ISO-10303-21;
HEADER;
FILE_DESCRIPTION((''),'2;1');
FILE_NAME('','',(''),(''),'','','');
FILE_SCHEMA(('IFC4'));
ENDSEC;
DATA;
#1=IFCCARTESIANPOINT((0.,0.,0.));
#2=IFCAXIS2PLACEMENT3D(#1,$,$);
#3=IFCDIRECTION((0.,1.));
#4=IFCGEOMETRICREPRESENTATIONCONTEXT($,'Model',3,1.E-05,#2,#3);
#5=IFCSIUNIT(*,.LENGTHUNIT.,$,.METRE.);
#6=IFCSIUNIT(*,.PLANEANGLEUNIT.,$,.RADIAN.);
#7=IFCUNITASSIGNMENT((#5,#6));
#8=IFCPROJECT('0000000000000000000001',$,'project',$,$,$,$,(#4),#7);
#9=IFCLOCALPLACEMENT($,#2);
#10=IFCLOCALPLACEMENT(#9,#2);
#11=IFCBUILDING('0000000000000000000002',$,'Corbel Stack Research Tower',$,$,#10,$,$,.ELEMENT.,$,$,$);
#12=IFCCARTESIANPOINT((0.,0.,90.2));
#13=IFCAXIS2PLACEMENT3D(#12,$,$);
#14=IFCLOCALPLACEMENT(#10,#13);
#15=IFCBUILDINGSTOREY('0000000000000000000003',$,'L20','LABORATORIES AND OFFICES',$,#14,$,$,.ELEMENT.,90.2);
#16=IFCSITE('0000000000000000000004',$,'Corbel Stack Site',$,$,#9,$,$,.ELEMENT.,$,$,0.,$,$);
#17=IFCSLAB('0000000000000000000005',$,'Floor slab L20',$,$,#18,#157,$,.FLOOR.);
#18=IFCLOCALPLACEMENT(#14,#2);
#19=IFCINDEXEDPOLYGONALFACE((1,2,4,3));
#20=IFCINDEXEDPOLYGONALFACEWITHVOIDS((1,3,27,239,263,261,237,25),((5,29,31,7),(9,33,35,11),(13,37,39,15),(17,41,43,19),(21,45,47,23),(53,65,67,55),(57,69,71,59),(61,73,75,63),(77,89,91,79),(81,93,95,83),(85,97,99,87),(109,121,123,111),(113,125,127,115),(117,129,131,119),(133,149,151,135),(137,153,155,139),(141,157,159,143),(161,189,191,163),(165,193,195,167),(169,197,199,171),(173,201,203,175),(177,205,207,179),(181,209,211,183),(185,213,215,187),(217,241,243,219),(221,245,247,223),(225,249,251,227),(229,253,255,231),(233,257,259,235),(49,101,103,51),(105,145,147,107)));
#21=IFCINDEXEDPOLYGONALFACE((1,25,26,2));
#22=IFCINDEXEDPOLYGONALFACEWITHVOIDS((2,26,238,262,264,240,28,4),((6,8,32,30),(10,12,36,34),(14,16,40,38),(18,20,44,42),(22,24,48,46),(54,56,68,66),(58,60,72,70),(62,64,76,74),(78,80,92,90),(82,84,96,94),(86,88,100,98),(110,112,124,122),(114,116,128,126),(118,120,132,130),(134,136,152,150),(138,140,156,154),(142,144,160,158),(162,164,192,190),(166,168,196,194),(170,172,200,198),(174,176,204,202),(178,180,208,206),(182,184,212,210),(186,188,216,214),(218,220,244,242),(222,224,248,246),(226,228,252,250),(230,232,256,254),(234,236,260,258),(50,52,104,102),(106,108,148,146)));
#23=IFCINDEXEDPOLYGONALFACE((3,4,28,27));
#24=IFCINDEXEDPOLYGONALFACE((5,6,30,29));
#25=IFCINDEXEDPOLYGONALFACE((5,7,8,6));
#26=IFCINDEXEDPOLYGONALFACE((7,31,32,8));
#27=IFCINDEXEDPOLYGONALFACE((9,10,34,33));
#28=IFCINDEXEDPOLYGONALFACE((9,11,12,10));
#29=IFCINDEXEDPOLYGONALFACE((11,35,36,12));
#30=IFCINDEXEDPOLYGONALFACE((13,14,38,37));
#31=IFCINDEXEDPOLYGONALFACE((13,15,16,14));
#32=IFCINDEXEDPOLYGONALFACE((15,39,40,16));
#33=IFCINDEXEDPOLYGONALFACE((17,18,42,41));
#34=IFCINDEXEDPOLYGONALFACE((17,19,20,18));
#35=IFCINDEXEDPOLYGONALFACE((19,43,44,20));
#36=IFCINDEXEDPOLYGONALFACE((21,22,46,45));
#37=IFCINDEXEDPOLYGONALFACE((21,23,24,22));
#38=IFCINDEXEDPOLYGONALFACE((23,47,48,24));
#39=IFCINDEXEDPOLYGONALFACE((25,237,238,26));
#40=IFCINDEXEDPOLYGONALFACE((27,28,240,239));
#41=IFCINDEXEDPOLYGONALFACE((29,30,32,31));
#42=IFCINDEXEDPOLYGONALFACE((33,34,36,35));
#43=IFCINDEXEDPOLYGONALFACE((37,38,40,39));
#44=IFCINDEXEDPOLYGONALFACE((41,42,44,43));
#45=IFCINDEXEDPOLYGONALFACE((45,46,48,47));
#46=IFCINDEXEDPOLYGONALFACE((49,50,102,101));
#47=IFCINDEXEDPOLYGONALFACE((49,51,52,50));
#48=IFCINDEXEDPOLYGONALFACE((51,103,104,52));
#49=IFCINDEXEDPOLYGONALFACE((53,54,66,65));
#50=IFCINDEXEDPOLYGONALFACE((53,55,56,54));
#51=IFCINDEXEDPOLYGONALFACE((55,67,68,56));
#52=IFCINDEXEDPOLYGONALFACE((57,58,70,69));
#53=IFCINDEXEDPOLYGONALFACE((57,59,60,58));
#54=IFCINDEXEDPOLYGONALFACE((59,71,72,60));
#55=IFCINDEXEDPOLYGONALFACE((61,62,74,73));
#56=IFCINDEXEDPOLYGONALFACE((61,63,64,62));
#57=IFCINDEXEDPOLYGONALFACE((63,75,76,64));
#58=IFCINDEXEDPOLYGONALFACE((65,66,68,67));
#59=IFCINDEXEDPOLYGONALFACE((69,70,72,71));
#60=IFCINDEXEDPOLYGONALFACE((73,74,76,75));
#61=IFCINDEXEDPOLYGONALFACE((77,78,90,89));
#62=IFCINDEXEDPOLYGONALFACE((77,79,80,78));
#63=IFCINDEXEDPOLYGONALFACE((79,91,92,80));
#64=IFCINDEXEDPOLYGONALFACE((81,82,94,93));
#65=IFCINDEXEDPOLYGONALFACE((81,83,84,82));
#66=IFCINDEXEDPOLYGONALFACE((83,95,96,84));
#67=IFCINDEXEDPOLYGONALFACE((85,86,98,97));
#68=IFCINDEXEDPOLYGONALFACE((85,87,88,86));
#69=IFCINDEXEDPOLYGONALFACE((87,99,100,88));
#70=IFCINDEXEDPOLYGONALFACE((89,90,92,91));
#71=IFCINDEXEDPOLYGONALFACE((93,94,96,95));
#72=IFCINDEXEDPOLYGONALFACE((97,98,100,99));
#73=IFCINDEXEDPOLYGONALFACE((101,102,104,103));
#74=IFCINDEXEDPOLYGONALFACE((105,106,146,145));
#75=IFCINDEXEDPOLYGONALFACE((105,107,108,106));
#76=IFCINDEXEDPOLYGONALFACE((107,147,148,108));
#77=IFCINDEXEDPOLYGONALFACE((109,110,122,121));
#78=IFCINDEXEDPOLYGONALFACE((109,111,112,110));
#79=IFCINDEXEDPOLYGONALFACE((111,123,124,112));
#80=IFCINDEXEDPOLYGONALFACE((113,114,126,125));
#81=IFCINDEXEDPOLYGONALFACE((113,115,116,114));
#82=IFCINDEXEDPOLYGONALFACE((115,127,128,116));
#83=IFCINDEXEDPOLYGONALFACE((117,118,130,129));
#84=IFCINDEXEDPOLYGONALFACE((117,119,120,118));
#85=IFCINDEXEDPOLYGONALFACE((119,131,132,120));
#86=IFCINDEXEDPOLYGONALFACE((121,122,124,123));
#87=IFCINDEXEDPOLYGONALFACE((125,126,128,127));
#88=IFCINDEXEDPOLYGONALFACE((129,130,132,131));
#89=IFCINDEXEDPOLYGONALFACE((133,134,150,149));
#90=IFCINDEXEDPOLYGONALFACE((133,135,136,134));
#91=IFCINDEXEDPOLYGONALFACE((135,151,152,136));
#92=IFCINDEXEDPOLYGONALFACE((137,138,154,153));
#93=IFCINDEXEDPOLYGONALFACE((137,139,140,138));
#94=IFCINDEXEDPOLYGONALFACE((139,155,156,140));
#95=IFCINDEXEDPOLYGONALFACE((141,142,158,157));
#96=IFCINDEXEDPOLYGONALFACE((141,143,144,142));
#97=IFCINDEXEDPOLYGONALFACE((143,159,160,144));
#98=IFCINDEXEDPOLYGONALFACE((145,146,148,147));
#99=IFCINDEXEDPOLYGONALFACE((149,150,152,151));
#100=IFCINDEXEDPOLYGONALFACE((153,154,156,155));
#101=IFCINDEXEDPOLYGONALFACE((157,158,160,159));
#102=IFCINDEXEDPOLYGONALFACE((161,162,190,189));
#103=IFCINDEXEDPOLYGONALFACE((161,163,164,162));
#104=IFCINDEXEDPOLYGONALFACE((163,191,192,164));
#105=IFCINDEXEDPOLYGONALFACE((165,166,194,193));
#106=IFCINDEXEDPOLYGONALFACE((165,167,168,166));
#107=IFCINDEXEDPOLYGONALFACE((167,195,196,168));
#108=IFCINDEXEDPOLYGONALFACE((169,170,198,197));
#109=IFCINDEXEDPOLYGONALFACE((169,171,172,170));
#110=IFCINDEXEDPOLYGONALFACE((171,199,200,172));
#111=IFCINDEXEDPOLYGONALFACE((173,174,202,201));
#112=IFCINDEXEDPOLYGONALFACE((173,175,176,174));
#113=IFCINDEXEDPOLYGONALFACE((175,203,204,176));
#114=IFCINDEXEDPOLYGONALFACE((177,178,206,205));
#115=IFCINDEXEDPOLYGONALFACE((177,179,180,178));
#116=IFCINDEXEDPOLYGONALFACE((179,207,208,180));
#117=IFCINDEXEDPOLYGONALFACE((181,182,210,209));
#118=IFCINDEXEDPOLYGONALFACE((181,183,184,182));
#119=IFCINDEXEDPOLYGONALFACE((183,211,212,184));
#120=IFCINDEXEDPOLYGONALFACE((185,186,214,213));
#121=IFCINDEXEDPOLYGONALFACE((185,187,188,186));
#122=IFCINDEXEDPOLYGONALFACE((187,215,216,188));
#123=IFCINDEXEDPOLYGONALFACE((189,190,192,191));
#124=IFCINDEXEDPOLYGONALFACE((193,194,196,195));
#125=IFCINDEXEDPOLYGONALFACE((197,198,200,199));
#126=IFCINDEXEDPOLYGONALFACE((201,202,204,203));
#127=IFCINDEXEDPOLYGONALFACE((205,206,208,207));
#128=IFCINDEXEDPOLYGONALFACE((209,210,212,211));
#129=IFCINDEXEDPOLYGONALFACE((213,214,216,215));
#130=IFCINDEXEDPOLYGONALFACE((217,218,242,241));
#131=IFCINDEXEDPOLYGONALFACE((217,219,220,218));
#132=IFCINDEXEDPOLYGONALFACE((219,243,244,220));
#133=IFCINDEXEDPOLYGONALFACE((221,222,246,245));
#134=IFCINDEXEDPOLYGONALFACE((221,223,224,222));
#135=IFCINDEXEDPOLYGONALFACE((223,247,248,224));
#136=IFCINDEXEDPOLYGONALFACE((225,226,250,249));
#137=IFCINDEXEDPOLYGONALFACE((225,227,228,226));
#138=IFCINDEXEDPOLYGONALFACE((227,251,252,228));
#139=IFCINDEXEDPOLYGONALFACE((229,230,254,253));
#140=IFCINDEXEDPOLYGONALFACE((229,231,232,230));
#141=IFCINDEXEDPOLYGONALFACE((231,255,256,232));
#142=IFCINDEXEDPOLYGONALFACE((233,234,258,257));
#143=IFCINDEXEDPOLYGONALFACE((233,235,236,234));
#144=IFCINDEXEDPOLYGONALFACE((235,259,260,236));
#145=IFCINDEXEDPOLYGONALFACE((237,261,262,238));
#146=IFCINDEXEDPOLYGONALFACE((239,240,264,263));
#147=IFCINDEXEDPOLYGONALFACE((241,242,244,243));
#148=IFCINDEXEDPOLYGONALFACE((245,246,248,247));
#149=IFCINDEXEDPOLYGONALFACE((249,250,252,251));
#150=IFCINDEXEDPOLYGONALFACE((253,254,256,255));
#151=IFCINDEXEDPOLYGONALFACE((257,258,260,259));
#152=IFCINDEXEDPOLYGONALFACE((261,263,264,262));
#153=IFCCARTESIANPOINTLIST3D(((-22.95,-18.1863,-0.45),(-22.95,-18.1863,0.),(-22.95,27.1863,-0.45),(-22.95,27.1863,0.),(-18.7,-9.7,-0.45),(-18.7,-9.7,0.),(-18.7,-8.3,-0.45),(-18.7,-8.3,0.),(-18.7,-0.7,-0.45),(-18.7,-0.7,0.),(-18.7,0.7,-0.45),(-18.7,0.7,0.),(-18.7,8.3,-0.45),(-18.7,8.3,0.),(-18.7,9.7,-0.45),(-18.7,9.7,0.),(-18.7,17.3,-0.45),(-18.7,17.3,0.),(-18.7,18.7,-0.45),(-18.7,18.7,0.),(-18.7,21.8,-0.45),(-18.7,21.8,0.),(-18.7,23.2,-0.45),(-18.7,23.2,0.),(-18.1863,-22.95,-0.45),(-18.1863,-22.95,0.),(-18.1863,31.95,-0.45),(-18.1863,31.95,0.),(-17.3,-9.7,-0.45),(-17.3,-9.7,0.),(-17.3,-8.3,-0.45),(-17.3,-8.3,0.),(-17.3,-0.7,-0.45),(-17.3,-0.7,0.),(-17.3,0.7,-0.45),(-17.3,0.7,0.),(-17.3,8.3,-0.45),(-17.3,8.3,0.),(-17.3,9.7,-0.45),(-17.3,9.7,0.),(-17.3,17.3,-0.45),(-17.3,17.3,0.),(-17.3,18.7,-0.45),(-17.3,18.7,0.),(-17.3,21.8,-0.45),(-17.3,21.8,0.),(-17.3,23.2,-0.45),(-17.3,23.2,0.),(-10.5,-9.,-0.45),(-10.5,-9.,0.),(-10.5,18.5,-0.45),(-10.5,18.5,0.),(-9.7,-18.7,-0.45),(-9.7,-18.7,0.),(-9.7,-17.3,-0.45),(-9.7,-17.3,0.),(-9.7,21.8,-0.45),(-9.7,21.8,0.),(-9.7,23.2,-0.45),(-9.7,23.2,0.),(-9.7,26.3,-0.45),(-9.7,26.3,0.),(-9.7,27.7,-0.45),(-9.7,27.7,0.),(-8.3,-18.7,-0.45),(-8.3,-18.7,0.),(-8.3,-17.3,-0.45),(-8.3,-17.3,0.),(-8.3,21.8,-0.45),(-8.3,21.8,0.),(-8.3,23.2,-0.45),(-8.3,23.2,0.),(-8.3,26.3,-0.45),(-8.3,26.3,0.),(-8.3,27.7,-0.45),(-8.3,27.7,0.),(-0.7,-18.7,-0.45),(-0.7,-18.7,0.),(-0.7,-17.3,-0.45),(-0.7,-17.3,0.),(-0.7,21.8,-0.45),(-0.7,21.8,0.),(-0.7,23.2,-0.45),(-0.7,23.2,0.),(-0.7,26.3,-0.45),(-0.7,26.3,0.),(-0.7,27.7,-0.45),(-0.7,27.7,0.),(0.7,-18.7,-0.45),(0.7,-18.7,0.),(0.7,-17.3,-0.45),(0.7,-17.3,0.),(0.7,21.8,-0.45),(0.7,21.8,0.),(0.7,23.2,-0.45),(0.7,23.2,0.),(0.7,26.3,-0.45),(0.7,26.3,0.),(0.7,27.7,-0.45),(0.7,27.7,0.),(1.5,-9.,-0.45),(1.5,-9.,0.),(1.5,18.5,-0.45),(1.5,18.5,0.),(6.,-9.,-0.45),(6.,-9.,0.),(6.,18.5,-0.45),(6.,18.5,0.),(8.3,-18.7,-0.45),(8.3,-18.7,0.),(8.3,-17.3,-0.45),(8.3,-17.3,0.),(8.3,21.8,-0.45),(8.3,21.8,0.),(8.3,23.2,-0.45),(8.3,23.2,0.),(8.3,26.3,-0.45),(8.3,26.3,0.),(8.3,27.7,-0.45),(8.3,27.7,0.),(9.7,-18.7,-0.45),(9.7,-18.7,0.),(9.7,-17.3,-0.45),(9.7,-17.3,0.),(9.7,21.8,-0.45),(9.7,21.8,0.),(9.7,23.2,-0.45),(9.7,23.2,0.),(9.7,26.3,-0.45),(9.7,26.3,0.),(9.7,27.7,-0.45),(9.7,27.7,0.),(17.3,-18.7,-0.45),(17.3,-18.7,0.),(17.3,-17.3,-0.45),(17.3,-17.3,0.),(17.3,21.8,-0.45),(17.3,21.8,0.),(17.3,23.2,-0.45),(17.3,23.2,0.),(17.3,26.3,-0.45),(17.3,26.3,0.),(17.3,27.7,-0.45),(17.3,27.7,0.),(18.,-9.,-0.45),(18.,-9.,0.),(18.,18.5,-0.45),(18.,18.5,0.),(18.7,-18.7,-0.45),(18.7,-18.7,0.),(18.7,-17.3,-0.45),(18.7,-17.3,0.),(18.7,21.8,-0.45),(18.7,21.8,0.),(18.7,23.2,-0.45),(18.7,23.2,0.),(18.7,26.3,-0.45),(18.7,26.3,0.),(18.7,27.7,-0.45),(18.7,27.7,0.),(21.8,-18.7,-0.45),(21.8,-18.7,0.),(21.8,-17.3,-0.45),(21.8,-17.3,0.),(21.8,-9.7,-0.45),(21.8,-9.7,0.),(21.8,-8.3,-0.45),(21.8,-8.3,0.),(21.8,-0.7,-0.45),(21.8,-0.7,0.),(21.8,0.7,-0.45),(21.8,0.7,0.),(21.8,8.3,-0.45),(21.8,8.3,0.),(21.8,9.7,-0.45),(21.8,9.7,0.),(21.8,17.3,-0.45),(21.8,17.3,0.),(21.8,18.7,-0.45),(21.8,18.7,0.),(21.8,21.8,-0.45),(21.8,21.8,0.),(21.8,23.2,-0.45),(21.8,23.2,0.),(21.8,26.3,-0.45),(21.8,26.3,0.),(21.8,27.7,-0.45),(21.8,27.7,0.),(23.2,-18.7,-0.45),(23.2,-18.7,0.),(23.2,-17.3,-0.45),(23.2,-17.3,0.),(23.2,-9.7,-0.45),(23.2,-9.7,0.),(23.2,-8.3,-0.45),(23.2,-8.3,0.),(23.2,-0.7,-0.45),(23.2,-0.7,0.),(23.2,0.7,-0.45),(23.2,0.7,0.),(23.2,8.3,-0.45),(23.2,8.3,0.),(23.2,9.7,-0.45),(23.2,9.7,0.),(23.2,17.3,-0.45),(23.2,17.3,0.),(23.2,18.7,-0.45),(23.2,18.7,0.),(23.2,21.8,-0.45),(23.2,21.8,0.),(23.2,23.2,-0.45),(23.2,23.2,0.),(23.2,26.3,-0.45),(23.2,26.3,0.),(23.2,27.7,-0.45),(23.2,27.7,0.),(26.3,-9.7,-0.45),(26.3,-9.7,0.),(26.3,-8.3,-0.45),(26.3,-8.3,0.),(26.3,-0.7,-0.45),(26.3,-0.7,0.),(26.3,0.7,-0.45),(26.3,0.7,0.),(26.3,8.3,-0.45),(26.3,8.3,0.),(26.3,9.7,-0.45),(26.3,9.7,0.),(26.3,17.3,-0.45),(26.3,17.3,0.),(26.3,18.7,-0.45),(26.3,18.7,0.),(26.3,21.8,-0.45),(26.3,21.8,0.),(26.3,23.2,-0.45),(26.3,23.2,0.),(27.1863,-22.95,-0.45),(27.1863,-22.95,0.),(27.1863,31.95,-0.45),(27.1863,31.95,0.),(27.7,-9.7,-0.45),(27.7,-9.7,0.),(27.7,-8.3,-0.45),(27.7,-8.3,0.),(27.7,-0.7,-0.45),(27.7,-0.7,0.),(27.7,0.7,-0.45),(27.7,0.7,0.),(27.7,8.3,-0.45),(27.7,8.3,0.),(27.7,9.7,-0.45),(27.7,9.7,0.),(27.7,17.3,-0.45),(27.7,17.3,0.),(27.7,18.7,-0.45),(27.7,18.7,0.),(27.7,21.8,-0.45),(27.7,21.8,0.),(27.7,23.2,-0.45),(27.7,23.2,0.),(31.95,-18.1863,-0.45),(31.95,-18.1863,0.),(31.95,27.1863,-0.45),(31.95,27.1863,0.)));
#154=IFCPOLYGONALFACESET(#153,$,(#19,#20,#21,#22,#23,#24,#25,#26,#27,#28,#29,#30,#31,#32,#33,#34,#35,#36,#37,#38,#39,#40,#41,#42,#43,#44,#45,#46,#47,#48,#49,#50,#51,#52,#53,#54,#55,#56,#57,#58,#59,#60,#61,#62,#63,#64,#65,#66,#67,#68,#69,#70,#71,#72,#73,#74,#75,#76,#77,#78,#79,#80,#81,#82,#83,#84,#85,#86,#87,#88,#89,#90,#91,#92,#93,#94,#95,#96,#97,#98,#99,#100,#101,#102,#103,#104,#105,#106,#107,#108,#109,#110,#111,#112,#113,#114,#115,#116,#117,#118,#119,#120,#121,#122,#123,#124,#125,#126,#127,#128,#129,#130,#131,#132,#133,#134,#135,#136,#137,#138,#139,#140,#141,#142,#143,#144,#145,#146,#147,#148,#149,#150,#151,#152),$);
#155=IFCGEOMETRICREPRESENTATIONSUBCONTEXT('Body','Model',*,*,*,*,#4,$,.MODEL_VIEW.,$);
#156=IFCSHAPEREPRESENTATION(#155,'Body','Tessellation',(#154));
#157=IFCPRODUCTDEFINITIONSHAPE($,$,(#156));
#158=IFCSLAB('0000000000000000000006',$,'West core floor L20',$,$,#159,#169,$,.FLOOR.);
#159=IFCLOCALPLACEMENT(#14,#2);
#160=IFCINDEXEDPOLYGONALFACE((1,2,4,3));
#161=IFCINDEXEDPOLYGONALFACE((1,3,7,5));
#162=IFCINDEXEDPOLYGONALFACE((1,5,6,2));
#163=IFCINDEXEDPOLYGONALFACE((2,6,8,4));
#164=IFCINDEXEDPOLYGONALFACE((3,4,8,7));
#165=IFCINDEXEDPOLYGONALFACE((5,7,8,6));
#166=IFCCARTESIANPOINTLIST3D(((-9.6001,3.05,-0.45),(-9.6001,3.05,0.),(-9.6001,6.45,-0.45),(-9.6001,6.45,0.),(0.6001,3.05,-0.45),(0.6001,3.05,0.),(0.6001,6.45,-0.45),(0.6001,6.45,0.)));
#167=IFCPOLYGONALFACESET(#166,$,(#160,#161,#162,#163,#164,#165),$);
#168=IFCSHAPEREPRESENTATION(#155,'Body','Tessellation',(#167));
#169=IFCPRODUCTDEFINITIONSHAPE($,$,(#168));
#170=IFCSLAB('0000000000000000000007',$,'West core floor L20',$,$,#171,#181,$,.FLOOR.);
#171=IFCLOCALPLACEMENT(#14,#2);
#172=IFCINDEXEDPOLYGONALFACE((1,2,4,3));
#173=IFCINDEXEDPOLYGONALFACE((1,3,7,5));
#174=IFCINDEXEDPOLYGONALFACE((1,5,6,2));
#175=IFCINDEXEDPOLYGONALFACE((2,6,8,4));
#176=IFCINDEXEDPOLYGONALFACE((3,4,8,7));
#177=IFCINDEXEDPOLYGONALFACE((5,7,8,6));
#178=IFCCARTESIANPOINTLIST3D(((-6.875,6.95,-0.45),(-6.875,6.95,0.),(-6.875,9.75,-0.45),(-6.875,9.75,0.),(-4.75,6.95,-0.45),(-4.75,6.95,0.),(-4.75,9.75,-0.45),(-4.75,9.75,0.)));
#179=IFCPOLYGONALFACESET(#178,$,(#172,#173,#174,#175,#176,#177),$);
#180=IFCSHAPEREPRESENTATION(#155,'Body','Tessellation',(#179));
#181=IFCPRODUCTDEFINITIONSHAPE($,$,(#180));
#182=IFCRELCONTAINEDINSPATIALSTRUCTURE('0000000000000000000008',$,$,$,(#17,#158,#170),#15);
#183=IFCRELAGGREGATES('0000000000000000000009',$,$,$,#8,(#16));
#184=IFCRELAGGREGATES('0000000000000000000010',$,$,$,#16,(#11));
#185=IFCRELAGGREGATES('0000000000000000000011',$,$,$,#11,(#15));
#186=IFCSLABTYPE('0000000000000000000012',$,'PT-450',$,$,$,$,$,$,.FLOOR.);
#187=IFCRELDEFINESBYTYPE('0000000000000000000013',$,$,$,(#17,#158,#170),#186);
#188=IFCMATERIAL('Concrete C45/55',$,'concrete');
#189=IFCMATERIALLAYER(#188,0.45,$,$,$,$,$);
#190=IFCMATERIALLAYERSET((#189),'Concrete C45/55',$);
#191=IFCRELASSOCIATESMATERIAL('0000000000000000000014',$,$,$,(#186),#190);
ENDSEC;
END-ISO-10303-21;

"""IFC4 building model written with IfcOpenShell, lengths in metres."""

from ifc_helpers import new_model, si_unit, direction, frame, origin, place, context, subcontext, project, spatial, polyline, outline, extrude, material, layer, layer_set, type_object, element, save


model = new_model("IFC4")

# Units and contexts
model_context = context("Model", 3, precision=1e-05, world=origin(), true_north=direction((0.0, 1.0)))
body_context = subcontext(model_context, "Body", "Model", "MODEL_VIEW")
ifc_project = project(units=[si_unit("LENGTHUNIT", "METRE"), si_unit("PLANEANGLEUNIT", "RADIAN")], contexts=[model_context])

# Site, building, storey
site_placement = place(None, origin())
site = spatial("IfcSite", under=ifc_project, at=site_placement, Name="Corbel Stack Site", CompositionType="ELEMENT", RefElevation=0.0)
building_placement = place(site_placement, origin())
building = spatial("IfcBuilding", under=site, at=building_placement, Name="Corbel Stack Research Tower", CompositionType="ELEMENT")
storey_placement = place(building_placement, frame((0.0, 0.0, 90.2)))
storey = spatial("IfcBuildingStorey", under=building, at=storey_placement, Name="L20", Description="LABORATORIES AND OFFICES", CompositionType="ELEMENT", Elevation=90.2)

# Slabs
ifc_material_1 = material(Name="Concrete C45/55", Category="concrete")
ifc_layer_1 = layer(ifc_material_1, 0.45)
ifc_layer_set_1 = layer_set([ifc_layer_1], Name="Concrete C45/55")
slab_type_1 = type_object("IfcSlabType", Name="PT-450", PredefinedType="FLOOR", material=ifc_layer_set_1)
slab_1_placement = place(storey_placement, frame((0.0, 0.0, -0.45)))
element("IfcSlab", 1, at=slab_1_placement, inside=storey, type_object=slab_type_1, Name="Floor slab L20", PredefinedType="FLOOR", context=body_context, shape_type="SweptSolid", body=[
    extrude(outline(polyline([(-18.1863, -22.95), (27.1863, -22.95), (31.95, -18.1863), (31.95, 27.1863), (27.1863, 31.95), (-18.1863, 31.95), (-22.95, 27.1863), (-22.95, -18.1863), (-18.1863, -22.95)]), holes=[polyline([(26.3, 21.8), (26.3, 23.2), (27.7, 23.2), (27.7, 21.8), (26.3, 21.8)]), polyline([(26.3, -9.7), (26.3, -8.3), (27.7, -8.3), (27.7, -9.7), (26.3, -9.7)]), polyline([(26.3, -0.7), (26.3, 0.7), (27.7, 0.7), (27.7, -0.7), (26.3, -0.7)]), polyline([(26.3, 8.3), (26.3, 9.7), (27.7, 9.7), (27.7, 8.3), (26.3, 8.3)]), polyline([(26.3, 17.3), (26.3, 18.7), (27.7, 18.7), (27.7, 17.3), (26.3, 17.3)]), polyline([(21.8, 26.3), (21.8, 27.7), (23.2, 27.7), (23.2, 26.3), (21.8, 26.3)]), polyline([(21.8, 21.8), (21.8, 23.2), (23.2, 23.2), (23.2, 21.8), (21.8, 21.8)]), polyline([(21.8, 17.3), (21.8, 18.7), (23.2, 18.7), (23.2, 17.3), (21.8, 17.3)]), polyline([(21.8, 8.3), (21.8, 9.7), (23.2, 9.7), (23.2, 8.3), (21.8, 8.3)]), polyline([(21.8, -0.7), (21.8, 0.7), (23.2, 0.7), (23.2, -0.7), (21.8, -0.7)]), polyline([(21.8, -9.7), (21.8, -8.3), (23.2, -8.3), (23.2, -9.7), (21.8, -9.7)]), polyline([(21.8, -18.7), (21.8, -17.3), (23.2, -17.3), (23.2, -18.7), (21.8, -18.7)]), polyline([(17.3, 26.3), (17.3, 27.7), (18.7, 27.7), (18.7, 26.3), (17.3, 26.3)]), polyline([(17.3, 21.8), (17.3, 23.2), (18.7, 23.2), (18.7, 21.8), (17.3, 21.8)]), polyline([(17.3, -18.7), (17.3, -17.3), (18.7, -17.3), (18.7, -18.7), (17.3, -18.7)]), polyline([(6.0, -9.0), (6.0, 18.5), (18.0, 18.5), (18.0, -9.0), (6.0, -9.0)]), polyline([(8.3, 26.3), (8.3, 27.7), (9.7, 27.7), (9.7, 26.3), (8.3, 26.3)]), polyline([(8.3, 21.8), (8.3, 23.2), (9.7, 23.2), (9.7, 21.8), (8.3, 21.8)]), polyline([(8.3, -18.7), (8.3, -17.3), (9.7, -17.3), (9.7, -18.7), (8.3, -18.7)]), polyline([(-10.5, -9.0), (-10.5, 18.5), (1.5, 18.5), (1.5, -9.0), (-10.5, -9.0)]), polyline([(-0.7, 26.3), (-0.7, 27.7), (0.7, 27.7), (0.7, 26.3), (-0.7, 26.3)]), polyline([(-0.7, 21.8), (-0.7, 23.2), (0.7, 23.2), (0.7, 21.8), (-0.7, 21.8)]), polyline([(-0.7, -18.7), (-0.7, -17.3), (0.7, -17.3), (0.7, -18.7), (-0.7, -18.7)]), polyline([(-9.7, 26.3), (-9.7, 27.7), (-8.3, 27.7), (-8.3, 26.3), (-9.7, 26.3)]), polyline([(-9.7, 21.8), (-9.7, 23.2), (-8.3, 23.2), (-8.3, 21.8), (-9.7, 21.8)]), polyline([(-8.3, -18.7), (-9.7, -18.7), (-9.7, -17.3), (-8.3, -17.3), (-8.3, -18.7)]), polyline([(-18.7, 21.8), (-18.7, 23.2), (-17.3, 23.2), (-17.3, 21.8), (-18.7, 21.8)]), polyline([(-18.7, 17.3), (-18.7, 18.7), (-17.3, 18.7), (-17.3, 17.3), (-18.7, 17.3)]), polyline([(-18.7, 8.3), (-18.7, 9.7), (-17.3, 9.7), (-17.3, 8.3), (-18.7, 8.3)]), polyline([(-18.7, -0.7), (-18.7, 0.7), (-17.3, 0.7), (-17.3, -0.7), (-18.7, -0.7)]), polyline([(-18.7, -9.7), (-18.7, -8.3), (-17.3, -8.3), (-17.3, -9.7), (-18.7, -9.7)])]), origin(), (0.0, 0.0, 1.0), 0.45),
])
slab_2_placement = place(storey_placement, frame((0.0, 0.0, -0.45)))
element("IfcSlab", 2, at=slab_2_placement, inside=storey, type_object=slab_type_1, Name="West core floor L20", PredefinedType="FLOOR", context=body_context, shape_type="SweptSolid", body=[
    extrude(outline(polyline([(0.6001, 6.45), (-9.6001, 6.45), (-9.6001, 3.05), (0.6001, 3.05), (0.6001, 6.45)])), origin(), (0.0, 0.0, 1.0), 0.45),
])
slab_3_placement = place(storey_placement, frame((0.0, 0.0, -0.45)))
element("IfcSlab", 3, at=slab_3_placement, inside=storey, type_object=slab_type_1, Name="West core floor L20", PredefinedType="FLOOR", context=body_context, shape_type="SweptSolid", body=[
    extrude(outline(polyline([(-6.875, 6.95), (-4.75, 6.95), (-4.75, 9.75), (-6.875, 9.75), (-6.875, 6.95)])), origin(), (0.0, 0.0, 1.0), 0.45),
])

save(model, "model.ifc")
